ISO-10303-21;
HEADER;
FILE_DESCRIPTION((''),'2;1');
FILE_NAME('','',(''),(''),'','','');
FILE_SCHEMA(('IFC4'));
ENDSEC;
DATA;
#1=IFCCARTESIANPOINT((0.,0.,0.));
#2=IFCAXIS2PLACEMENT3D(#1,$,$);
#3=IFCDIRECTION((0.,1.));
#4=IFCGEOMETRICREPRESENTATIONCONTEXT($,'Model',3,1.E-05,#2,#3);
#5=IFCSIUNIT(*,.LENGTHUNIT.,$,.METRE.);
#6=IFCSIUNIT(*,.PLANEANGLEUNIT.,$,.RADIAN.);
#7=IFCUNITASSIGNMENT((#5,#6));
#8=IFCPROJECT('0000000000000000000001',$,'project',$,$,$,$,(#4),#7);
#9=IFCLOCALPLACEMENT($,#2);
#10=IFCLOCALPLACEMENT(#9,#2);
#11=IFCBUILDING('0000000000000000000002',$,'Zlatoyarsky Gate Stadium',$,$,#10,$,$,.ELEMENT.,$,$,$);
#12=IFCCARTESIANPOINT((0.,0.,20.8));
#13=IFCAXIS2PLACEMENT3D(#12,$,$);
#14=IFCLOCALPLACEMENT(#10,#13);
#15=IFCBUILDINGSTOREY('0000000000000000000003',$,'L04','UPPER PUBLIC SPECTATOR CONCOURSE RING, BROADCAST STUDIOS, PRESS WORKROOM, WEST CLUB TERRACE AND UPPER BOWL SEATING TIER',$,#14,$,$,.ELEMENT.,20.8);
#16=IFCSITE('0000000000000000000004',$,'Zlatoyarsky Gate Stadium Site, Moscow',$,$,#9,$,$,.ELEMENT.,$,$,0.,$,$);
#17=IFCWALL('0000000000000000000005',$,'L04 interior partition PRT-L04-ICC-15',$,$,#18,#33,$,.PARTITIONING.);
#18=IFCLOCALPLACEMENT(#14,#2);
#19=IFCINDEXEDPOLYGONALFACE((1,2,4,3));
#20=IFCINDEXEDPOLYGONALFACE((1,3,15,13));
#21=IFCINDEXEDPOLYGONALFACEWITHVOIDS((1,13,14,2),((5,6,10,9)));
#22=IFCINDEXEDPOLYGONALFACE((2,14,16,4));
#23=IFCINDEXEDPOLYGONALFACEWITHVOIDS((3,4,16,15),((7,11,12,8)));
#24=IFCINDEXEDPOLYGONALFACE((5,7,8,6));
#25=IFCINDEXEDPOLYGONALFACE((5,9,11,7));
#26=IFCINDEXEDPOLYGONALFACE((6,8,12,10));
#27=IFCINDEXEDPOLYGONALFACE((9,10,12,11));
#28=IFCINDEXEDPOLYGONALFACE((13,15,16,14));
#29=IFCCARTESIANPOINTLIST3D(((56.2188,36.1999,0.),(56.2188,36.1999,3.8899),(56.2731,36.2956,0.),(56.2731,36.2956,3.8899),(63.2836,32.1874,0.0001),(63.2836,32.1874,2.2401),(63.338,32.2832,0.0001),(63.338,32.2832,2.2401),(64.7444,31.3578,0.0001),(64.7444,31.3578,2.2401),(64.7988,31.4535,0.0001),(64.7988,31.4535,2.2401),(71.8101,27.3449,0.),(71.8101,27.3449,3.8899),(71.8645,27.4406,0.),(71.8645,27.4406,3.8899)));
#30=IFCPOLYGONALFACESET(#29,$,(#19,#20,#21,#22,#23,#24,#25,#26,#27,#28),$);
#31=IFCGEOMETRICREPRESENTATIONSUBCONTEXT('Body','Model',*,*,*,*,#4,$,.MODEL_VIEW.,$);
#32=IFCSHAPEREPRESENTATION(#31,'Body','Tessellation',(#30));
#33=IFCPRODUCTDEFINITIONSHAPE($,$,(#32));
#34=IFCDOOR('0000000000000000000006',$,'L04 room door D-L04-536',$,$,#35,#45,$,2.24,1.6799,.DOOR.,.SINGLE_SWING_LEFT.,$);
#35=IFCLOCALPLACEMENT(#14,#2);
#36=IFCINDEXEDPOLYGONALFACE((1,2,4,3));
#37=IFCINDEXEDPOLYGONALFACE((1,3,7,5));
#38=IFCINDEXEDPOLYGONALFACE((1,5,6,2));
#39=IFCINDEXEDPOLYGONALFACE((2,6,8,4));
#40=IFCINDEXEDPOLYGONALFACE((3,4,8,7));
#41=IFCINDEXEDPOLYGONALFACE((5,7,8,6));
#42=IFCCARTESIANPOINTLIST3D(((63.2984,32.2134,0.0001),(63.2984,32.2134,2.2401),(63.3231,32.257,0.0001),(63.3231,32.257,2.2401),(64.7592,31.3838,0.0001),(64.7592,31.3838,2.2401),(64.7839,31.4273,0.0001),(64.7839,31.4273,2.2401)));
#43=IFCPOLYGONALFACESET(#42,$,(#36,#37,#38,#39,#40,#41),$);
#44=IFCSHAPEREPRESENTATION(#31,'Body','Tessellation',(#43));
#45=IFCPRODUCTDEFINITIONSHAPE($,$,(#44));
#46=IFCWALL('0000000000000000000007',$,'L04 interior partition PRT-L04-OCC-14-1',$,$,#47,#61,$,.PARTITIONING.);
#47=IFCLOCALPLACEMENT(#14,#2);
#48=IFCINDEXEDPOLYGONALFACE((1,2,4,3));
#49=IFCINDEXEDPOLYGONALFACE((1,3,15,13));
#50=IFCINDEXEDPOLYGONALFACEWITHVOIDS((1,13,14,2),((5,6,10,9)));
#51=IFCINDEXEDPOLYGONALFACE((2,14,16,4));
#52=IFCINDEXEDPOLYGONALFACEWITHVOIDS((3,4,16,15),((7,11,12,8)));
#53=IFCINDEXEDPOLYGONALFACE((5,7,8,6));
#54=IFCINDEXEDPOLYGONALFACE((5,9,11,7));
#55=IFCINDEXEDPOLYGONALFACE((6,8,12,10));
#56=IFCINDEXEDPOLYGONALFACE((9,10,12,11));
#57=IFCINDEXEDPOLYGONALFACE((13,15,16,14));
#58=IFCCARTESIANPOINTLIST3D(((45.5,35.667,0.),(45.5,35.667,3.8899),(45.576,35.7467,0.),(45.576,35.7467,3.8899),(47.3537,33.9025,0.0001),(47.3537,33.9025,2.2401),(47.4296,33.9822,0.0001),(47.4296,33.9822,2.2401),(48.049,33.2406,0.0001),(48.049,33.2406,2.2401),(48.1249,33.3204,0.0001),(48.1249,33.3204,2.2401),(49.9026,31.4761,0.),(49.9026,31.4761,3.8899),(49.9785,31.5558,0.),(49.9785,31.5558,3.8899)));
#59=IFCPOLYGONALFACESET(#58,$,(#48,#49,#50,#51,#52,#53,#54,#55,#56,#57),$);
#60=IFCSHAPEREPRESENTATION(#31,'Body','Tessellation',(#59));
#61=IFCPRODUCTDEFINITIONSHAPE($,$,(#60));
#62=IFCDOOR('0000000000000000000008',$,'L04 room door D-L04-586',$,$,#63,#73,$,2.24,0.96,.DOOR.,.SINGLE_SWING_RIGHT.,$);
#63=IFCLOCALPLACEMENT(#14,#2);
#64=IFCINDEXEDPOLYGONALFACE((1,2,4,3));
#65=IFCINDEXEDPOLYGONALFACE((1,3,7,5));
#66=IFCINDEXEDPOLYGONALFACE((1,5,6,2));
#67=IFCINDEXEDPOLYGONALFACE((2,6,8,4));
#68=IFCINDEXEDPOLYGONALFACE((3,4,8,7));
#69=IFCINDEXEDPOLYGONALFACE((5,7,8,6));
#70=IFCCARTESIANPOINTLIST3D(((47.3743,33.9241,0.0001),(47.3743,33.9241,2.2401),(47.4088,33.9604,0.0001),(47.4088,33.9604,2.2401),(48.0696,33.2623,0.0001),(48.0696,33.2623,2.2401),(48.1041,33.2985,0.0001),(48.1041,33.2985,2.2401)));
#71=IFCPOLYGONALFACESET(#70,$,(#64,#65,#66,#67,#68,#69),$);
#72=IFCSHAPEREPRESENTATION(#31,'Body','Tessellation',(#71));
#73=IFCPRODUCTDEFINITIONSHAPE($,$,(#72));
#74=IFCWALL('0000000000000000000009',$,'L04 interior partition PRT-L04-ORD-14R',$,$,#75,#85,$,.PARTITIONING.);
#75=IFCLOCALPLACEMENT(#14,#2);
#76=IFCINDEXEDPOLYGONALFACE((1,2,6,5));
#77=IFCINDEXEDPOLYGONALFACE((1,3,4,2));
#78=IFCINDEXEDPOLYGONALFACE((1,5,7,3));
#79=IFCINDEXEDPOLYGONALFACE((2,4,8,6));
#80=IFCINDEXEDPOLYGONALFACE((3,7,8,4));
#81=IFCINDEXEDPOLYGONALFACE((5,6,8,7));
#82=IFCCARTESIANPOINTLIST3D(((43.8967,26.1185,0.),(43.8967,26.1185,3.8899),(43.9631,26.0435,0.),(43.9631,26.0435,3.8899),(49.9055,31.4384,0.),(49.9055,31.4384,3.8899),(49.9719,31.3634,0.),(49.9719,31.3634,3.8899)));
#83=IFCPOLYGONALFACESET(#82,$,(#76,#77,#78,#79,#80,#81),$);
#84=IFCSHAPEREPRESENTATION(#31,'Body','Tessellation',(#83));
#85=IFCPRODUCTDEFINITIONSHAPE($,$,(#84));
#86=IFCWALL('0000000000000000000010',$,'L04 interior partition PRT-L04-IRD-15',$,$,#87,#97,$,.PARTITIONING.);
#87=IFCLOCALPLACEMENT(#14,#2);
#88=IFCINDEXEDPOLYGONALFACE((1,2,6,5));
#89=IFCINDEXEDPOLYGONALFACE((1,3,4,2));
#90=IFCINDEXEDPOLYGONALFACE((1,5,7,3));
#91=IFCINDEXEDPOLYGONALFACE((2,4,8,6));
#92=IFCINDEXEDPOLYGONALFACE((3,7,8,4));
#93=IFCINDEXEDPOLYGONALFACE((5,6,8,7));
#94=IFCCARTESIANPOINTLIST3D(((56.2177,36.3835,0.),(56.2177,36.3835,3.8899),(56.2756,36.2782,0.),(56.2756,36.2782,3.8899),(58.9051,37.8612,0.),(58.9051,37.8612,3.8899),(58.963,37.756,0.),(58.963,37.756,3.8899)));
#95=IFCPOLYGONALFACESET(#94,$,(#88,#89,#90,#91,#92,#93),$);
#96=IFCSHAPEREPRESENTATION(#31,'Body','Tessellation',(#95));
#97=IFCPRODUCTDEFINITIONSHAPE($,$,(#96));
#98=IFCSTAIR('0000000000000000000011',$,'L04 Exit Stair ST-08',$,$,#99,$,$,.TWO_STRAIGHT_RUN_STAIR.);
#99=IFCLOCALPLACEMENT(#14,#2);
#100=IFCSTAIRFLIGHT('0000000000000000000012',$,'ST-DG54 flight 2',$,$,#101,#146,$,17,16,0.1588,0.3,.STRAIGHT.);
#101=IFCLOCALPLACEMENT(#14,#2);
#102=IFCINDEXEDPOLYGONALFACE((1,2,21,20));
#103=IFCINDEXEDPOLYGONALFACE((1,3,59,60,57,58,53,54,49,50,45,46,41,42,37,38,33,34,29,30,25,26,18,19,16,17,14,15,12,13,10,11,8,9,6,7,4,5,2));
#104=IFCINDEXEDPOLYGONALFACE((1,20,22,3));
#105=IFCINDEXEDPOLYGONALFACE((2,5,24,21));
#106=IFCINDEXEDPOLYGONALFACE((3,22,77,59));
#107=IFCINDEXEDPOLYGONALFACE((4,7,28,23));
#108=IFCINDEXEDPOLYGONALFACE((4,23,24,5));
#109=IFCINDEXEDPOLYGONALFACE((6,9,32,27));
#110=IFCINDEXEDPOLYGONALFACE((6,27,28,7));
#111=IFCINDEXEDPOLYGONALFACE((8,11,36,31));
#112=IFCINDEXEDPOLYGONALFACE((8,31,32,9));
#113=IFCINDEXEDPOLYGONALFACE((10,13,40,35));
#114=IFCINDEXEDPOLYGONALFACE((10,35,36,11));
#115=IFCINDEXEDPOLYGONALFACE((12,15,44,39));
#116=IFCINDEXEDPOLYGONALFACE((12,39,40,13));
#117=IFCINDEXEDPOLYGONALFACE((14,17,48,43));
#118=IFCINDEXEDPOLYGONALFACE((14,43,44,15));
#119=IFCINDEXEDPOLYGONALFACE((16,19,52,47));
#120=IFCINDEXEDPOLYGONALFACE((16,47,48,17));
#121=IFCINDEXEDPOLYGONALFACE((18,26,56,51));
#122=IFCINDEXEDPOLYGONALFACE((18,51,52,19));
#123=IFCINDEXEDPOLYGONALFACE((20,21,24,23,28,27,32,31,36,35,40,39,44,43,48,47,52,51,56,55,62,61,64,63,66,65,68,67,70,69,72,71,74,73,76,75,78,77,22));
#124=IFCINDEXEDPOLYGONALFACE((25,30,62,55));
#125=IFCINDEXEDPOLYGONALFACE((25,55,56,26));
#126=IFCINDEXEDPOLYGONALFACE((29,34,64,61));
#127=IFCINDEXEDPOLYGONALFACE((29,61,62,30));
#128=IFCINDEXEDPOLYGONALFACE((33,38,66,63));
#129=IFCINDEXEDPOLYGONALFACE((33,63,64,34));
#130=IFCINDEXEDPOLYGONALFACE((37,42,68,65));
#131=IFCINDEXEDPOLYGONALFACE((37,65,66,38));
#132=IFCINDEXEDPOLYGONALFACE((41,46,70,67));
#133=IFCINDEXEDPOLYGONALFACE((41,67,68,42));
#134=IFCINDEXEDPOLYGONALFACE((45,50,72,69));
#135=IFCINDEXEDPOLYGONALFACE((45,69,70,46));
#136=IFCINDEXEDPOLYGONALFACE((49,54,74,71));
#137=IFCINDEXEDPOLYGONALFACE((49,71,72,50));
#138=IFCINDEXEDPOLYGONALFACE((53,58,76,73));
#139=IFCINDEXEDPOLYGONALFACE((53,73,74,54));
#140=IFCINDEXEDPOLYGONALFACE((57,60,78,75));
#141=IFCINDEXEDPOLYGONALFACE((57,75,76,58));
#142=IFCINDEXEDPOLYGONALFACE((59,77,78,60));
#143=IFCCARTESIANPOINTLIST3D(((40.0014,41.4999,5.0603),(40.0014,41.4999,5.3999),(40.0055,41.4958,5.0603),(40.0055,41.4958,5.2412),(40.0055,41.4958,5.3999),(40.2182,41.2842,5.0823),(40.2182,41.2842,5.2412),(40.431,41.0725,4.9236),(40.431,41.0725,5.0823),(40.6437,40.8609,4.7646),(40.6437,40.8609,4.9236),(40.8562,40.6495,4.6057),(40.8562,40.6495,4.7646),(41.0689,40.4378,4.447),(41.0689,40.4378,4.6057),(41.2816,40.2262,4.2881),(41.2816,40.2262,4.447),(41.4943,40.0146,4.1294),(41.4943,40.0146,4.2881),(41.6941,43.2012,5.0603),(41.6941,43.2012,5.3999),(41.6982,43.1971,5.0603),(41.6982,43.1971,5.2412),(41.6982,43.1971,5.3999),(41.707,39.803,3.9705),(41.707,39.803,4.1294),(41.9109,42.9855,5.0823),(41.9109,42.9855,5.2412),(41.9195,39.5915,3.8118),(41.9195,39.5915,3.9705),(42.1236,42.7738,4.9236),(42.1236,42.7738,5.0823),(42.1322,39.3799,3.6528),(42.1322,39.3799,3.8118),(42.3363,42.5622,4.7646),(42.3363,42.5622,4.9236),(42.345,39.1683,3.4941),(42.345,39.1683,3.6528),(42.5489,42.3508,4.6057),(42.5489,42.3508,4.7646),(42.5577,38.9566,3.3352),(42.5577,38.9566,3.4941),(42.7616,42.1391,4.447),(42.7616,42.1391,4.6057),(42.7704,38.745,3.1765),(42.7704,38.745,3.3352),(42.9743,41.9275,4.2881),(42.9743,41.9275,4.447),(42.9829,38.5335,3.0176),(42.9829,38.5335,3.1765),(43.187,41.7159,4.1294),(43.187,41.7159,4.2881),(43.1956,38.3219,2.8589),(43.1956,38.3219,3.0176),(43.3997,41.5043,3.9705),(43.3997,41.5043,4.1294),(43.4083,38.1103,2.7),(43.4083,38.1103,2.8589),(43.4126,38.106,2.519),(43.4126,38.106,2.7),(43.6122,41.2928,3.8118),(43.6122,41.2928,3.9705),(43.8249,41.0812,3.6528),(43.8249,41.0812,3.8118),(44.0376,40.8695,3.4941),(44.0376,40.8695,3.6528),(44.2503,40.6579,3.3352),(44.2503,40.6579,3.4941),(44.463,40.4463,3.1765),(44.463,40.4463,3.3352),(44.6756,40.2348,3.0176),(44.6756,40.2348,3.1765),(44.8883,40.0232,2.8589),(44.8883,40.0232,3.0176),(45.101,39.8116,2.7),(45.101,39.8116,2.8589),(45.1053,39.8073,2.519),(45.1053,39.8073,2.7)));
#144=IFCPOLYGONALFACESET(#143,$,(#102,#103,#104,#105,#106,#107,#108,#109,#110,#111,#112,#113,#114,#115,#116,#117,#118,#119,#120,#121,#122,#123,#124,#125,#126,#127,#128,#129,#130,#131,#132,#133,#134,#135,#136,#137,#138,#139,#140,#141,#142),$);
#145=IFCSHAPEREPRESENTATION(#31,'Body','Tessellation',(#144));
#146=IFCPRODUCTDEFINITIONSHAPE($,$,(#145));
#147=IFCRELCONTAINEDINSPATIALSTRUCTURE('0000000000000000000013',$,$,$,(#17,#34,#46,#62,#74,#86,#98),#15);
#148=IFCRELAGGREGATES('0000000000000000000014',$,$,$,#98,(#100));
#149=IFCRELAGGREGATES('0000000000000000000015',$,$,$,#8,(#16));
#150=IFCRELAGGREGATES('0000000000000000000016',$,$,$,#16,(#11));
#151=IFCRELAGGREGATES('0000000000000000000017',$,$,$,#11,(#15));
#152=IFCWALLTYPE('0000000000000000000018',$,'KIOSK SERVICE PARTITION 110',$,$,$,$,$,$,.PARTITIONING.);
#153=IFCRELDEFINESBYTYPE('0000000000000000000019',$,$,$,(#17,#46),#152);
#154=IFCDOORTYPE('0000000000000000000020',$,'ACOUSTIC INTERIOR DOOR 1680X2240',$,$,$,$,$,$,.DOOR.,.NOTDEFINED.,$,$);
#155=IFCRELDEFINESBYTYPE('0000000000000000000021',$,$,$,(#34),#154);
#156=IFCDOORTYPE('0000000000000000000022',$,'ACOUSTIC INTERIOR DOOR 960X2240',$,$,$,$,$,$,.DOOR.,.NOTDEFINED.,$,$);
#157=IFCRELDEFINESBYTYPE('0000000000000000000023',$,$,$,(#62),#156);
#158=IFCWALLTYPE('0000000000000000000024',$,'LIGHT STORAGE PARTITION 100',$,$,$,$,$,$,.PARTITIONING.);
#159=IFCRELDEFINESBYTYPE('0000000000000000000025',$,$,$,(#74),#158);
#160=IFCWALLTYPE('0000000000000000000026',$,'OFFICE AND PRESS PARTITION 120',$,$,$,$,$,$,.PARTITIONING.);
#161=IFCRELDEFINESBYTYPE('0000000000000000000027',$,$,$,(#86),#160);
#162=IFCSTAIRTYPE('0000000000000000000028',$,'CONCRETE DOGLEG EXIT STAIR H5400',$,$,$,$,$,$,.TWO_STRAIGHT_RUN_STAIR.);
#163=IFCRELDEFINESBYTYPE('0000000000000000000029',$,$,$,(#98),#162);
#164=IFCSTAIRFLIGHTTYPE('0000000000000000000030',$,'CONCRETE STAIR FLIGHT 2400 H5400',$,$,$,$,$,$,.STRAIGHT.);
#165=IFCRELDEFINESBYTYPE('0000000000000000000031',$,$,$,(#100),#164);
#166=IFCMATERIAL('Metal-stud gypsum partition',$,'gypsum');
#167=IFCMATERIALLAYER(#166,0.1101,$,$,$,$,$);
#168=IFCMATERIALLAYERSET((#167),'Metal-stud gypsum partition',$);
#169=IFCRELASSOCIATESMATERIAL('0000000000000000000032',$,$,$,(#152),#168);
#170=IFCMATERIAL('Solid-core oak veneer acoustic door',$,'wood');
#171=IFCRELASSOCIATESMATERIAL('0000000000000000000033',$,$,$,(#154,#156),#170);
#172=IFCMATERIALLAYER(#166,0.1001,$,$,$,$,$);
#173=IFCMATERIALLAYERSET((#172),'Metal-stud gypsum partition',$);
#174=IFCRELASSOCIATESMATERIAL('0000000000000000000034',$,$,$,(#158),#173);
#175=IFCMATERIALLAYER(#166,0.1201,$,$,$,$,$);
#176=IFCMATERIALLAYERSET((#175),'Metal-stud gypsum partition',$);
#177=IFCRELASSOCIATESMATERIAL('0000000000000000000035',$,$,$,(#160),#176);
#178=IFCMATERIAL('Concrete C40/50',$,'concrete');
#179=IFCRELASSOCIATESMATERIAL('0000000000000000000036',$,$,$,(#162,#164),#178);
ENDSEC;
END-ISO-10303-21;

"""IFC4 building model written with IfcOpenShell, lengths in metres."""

from ifc_helpers import new_model, si_unit, direction, frame, frame_2d, origin, place, context, subcontext, project, spatial, polyline, rectangle, outline, extrude, material, layer, layer_set, type_object, element, fill, aggregate, save


model = new_model("IFC4")

# Units and contexts
model_context = context("Model", 3, precision=1e-05, world=origin(), true_north=direction((0.0, 1.0)))
body_context = subcontext(model_context, "Body", "Model", "MODEL_VIEW")
ifc_project = project(units=[si_unit("LENGTHUNIT", "METRE"), si_unit("PLANEANGLEUNIT", "RADIAN")], contexts=[model_context])

# Site, building, storey
site_placement = place(None, origin())
site = spatial("IfcSite", under=ifc_project, at=site_placement, Name="Zlatoyarsky Gate Stadium Site, Moscow", CompositionType="ELEMENT", RefElevation=0.0)
building_placement = place(site_placement, origin())
building = spatial("IfcBuilding", under=site, at=building_placement, Name="Zlatoyarsky Gate Stadium", CompositionType="ELEMENT")
storey_placement = place(building_placement, frame((0.0, 0.0, 20.8)))
storey = spatial("IfcBuildingStorey", under=building, at=storey_placement, Name="L04", Description="UPPER PUBLIC SPECTATOR CONCOURSE RING, BROADCAST STUDIOS, PRESS WORKROOM, WEST CLUB TERRACE AND UPPER BOWL SEATING TIER", CompositionType="ELEMENT", Elevation=20.8)

# Shared definitions
ifc_material_1 = material(Name="Concrete C40/50", Category="concrete")

# Walls, openings, doors
ifc_material_2 = material(Name="Metal-stud gypsum partition", Category="gypsum")
ifc_layer_1 = layer(ifc_material_2, 0.1101)
ifc_layer_set_1 = layer_set([ifc_layer_1], Name="Metal-stud gypsum partition")
wall_type_1 = type_object("IfcWallType", Name="KIOSK SERVICE PARTITION 110", PredefinedType="PARTITIONING", material=ifc_layer_set_1)
wall_1_placement = place(storey_placement, frame((56.2458, 36.2478, 0.0), z_axis=(0.0, 0.0, 1.0), x_axis=(0.869546, -0.493853, 0.0)))
wall_1 = element("IfcWall", 1, at=wall_1_placement, inside=storey, type_object=wall_type_1, Name="L04 interior partition PRT-L04-ICC-15", PredefinedType="PARTITIONING", context=body_context, shape_type="SweptSolid", body=[
    extrude(rectangle(XDim=17.9304, YDim=0.1101, at=frame_2d((8.9653, 0.0))), origin(), (0.0, 0.0, 1.0), 3.8899),
])
opening_1_placement = place(wall_1_placement, frame((8.125, 0.0, 0.0)))
opening_1 = element("IfcOpeningElement", 2, at=opening_1_placement, cuts=wall_1, PredefinedType="OPENING", context=body_context, shape_type="SweptSolid", body=[
    extrude(rectangle(XDim=1.6799, YDim=2.24, at=frame_2d((0.8398, 1.1201))), frame((0.0, 0.0649, 0.0), z_axis=(0.0, -1.0, 0.0), x_axis=(1.0, 0.0, 0.0)), (0.0, 0.0, 1.0), 0.1301),
])
ifc_material_3 = material(Name="Solid-core oak veneer acoustic door", Category="wood")
door_type_1 = type_object("IfcDoorType", Name="ACOUSTIC INTERIOR DOOR 1680X2240", OperationType="NOTDEFINED", PredefinedType="DOOR", material=ifc_material_3)
door_1_placement = place(opening_1_placement, origin())
door_1 = element("IfcDoor", 3, at=door_1_placement, inside=storey, type_object=door_type_1, Name="L04 room door D-L04-536", OperationType="SINGLE_SWING_LEFT", OverallHeight=2.24, OverallWidth=1.6799, PredefinedType="DOOR", context=body_context, shape_type="SweptSolid", body=[
    extrude(rectangle(XDim=1.6799, YDim=2.24, at=frame_2d((0.8398, 1.1201))), frame((0.0, 0.0249, 0.0), z_axis=(0.0, -1.0, 0.0), x_axis=(1.0, 0.0, 0.0)), (0.0, 0.0, 1.0), 0.05),
])
fill(opening_1, door_1)
wall_2_placement = place(storey_placement, frame((45.5381, 35.7068, 0.0), z_axis=(0.0, 0.0, 1.0), x_axis=(0.724304, -0.689481, 0.0)))
wall_2 = element("IfcWall", 4, at=wall_2_placement, inside=storey, type_object=wall_type_1, Name="L04 interior partition PRT-L04-OCC-14-1", PredefinedType="PARTITIONING", context=body_context, shape_type="SweptSolid", body=[
    extrude(rectangle(XDim=6.0784, YDim=0.1101, at=frame_2d((3.0391, 0.0))), origin(), (0.0, 0.0, 1.0), 3.8899),
])
opening_2_placement = place(wall_2_placement, frame((2.5591, 0.0, 0.0)))
opening_2 = element("IfcOpeningElement", 5, at=opening_2_placement, cuts=wall_2, PredefinedType="OPENING", context=body_context, shape_type="SweptSolid", body=[
    extrude(rectangle(XDim=0.96, YDim=2.24, at=frame_2d((0.48, 1.1201))), frame((0.0, 0.0649, 0.0), z_axis=(0.0, -1.0, 0.0), x_axis=(1.0, 0.0, 0.0)), (0.0, 0.0, 1.0), 0.1301),
])
door_type_2 = type_object("IfcDoorType", Name="ACOUSTIC INTERIOR DOOR 960X2240", OperationType="NOTDEFINED", PredefinedType="DOOR", material=ifc_material_3)
door_2_placement = place(opening_2_placement, origin())
door_2 = element("IfcDoor", 6, at=door_2_placement, inside=storey, type_object=door_type_2, Name="L04 room door D-L04-586", OperationType="SINGLE_SWING_RIGHT", OverallHeight=2.24, OverallWidth=0.96, PredefinedType="DOOR", context=body_context, shape_type="SweptSolid", body=[
    extrude(rectangle(XDim=0.96, YDim=2.24, at=frame_2d((0.48, 1.1201))), frame((0.0, 0.0249, 0.0), z_axis=(0.0, -1.0, 0.0), x_axis=(1.0, 0.0, 0.0)), (0.0, 0.0, 1.0), 0.05),
])
fill(opening_2, door_2)

# Walls
ifc_layer_2 = layer(ifc_material_2, 0.1001)
ifc_layer_set_2 = layer_set([ifc_layer_2], Name="Metal-stud gypsum partition")
wall_type_2 = type_object("IfcWallType", Name="LIGHT STORAGE PARTITION 100", PredefinedType="PARTITIONING", material=ifc_layer_set_2)
wall_3_placement = place(storey_placement, frame((49.9387, 31.4009, 0.0), z_axis=(0.0, 0.0, 1.0), x_axis=(-0.748727, -0.662878, 0.0)))
element("IfcWall", 7, at=wall_3_placement, inside=storey, type_object=wall_type_2, Name="L04 interior partition PRT-L04-ORD-14R", PredefinedType="PARTITIONING", context=body_context, shape_type="SweptSolid", body=[
    extrude(rectangle(XDim=8.0254, YDim=0.1001, at=frame_2d((4.0127, 0.0))), origin(), (0.0, 0.0, 1.0), 3.8899),
])
ifc_layer_3 = layer(ifc_material_2, 0.1201)
ifc_layer_set_3 = layer_set([ifc_layer_3], Name="Metal-stud gypsum partition")
wall_type_3 = type_object("IfcWallType", Name="OFFICE AND PRESS PARTITION 120", PredefinedType="PARTITIONING", material=ifc_layer_set_3)
wall_4_placement = place(storey_placement, frame((58.9341, 37.8086, 0.0), z_axis=(0.0, 0.0, 1.0), x_axis=(-0.876263, -0.481833, 0.0)))
element("IfcWall", 8, at=wall_4_placement, inside=storey, type_object=wall_type_3, Name="L04 interior partition PRT-L04-IRD-15", PredefinedType="PARTITIONING", context=body_context, shape_type="SweptSolid", body=[
    extrude(rectangle(XDim=3.0669, YDim=0.1201, at=frame_2d((1.5334, 0.0))), origin(), (0.0, 0.0, 1.0), 3.8899),
])

# Stair, stair flight
stair_type = type_object("IfcStairType", Name="CONCRETE DOGLEG EXIT STAIR H5400", PredefinedType="TWO_STRAIGHT_RUN_STAIR", material=ifc_material_1)
stair_placement = place(storey_placement, origin())
stair = element("IfcStair", 9, at=stair_placement, inside=storey, type_object=stair_type, Name="L04 Exit Stair ST-08", PredefinedType="TWO_STRAIGHT_RUN_STAIR")
stair_flight_type = type_object("IfcStairFlightType", Name="CONCRETE STAIR FLIGHT 2400 H5400", PredefinedType="STRAIGHT", material=ifc_material_1)
stair_flight_placement = place(storey_placement, frame((44.2546, 38.9609, 2.7), z_axis=(0.0, 0.0, 1.0), x_axis=(-0.708901, 0.705308, 0.0)))
stair_flight = element("IfcStairFlight", 10, at=stair_flight_placement, type_object=stair_flight_type, Name="ST-DG54 flight 2", NumberOfRisers=17, NumberOfTreads=16, PredefinedType="STRAIGHT", RiserHeight=0.1588, TreadLength=0.3, context=body_context, shape_type="SweptSolid", body=[
    extrude(outline(polyline([(-0.0061, -0.1809), (-0.0061, 0.0), (0.0, 0.0), (0.0, 0.1589), (0.3, 0.1589), (0.3, 0.3176), (0.6001, 0.3176), (0.6001, 0.4766), (0.8999, 0.4766), (0.8999, 0.6353), (1.2, 0.6353), (1.2, 0.7942), (1.5, 0.7942), (1.5, 0.9529), (1.8, 0.9529), (1.8, 1.1118), (2.1001, 1.1118), (2.1001, 1.2705), (2.3999, 1.2705), (2.3999, 1.4294), (2.7, 1.4294), (2.7, 1.5881), (3.0, 1.5881), (3.0, 1.7471), (3.3, 1.7471), (3.3, 1.9058), (3.6001, 1.9058), (3.6001, 2.0647), (3.8999, 2.0647), (3.8999, 2.2236), (4.2, 2.2236), (4.2, 2.3823), (4.5, 2.3823), (4.5, 2.5413), (4.8, 2.5413), (4.8, 2.7), (4.8059, 2.7), (4.8059, 2.3604), (4.8, 2.3604), (-0.0061, -0.1809)])), frame((0.0, 1.2, 0.0), z_axis=(0.0, -1.0, 0.0), x_axis=(1.0, 0.0, 0.0)), (0.0, 0.0, 1.0), 2.3999),
])
aggregate(stair, [stair_flight])

save(model, "model.ifc")
